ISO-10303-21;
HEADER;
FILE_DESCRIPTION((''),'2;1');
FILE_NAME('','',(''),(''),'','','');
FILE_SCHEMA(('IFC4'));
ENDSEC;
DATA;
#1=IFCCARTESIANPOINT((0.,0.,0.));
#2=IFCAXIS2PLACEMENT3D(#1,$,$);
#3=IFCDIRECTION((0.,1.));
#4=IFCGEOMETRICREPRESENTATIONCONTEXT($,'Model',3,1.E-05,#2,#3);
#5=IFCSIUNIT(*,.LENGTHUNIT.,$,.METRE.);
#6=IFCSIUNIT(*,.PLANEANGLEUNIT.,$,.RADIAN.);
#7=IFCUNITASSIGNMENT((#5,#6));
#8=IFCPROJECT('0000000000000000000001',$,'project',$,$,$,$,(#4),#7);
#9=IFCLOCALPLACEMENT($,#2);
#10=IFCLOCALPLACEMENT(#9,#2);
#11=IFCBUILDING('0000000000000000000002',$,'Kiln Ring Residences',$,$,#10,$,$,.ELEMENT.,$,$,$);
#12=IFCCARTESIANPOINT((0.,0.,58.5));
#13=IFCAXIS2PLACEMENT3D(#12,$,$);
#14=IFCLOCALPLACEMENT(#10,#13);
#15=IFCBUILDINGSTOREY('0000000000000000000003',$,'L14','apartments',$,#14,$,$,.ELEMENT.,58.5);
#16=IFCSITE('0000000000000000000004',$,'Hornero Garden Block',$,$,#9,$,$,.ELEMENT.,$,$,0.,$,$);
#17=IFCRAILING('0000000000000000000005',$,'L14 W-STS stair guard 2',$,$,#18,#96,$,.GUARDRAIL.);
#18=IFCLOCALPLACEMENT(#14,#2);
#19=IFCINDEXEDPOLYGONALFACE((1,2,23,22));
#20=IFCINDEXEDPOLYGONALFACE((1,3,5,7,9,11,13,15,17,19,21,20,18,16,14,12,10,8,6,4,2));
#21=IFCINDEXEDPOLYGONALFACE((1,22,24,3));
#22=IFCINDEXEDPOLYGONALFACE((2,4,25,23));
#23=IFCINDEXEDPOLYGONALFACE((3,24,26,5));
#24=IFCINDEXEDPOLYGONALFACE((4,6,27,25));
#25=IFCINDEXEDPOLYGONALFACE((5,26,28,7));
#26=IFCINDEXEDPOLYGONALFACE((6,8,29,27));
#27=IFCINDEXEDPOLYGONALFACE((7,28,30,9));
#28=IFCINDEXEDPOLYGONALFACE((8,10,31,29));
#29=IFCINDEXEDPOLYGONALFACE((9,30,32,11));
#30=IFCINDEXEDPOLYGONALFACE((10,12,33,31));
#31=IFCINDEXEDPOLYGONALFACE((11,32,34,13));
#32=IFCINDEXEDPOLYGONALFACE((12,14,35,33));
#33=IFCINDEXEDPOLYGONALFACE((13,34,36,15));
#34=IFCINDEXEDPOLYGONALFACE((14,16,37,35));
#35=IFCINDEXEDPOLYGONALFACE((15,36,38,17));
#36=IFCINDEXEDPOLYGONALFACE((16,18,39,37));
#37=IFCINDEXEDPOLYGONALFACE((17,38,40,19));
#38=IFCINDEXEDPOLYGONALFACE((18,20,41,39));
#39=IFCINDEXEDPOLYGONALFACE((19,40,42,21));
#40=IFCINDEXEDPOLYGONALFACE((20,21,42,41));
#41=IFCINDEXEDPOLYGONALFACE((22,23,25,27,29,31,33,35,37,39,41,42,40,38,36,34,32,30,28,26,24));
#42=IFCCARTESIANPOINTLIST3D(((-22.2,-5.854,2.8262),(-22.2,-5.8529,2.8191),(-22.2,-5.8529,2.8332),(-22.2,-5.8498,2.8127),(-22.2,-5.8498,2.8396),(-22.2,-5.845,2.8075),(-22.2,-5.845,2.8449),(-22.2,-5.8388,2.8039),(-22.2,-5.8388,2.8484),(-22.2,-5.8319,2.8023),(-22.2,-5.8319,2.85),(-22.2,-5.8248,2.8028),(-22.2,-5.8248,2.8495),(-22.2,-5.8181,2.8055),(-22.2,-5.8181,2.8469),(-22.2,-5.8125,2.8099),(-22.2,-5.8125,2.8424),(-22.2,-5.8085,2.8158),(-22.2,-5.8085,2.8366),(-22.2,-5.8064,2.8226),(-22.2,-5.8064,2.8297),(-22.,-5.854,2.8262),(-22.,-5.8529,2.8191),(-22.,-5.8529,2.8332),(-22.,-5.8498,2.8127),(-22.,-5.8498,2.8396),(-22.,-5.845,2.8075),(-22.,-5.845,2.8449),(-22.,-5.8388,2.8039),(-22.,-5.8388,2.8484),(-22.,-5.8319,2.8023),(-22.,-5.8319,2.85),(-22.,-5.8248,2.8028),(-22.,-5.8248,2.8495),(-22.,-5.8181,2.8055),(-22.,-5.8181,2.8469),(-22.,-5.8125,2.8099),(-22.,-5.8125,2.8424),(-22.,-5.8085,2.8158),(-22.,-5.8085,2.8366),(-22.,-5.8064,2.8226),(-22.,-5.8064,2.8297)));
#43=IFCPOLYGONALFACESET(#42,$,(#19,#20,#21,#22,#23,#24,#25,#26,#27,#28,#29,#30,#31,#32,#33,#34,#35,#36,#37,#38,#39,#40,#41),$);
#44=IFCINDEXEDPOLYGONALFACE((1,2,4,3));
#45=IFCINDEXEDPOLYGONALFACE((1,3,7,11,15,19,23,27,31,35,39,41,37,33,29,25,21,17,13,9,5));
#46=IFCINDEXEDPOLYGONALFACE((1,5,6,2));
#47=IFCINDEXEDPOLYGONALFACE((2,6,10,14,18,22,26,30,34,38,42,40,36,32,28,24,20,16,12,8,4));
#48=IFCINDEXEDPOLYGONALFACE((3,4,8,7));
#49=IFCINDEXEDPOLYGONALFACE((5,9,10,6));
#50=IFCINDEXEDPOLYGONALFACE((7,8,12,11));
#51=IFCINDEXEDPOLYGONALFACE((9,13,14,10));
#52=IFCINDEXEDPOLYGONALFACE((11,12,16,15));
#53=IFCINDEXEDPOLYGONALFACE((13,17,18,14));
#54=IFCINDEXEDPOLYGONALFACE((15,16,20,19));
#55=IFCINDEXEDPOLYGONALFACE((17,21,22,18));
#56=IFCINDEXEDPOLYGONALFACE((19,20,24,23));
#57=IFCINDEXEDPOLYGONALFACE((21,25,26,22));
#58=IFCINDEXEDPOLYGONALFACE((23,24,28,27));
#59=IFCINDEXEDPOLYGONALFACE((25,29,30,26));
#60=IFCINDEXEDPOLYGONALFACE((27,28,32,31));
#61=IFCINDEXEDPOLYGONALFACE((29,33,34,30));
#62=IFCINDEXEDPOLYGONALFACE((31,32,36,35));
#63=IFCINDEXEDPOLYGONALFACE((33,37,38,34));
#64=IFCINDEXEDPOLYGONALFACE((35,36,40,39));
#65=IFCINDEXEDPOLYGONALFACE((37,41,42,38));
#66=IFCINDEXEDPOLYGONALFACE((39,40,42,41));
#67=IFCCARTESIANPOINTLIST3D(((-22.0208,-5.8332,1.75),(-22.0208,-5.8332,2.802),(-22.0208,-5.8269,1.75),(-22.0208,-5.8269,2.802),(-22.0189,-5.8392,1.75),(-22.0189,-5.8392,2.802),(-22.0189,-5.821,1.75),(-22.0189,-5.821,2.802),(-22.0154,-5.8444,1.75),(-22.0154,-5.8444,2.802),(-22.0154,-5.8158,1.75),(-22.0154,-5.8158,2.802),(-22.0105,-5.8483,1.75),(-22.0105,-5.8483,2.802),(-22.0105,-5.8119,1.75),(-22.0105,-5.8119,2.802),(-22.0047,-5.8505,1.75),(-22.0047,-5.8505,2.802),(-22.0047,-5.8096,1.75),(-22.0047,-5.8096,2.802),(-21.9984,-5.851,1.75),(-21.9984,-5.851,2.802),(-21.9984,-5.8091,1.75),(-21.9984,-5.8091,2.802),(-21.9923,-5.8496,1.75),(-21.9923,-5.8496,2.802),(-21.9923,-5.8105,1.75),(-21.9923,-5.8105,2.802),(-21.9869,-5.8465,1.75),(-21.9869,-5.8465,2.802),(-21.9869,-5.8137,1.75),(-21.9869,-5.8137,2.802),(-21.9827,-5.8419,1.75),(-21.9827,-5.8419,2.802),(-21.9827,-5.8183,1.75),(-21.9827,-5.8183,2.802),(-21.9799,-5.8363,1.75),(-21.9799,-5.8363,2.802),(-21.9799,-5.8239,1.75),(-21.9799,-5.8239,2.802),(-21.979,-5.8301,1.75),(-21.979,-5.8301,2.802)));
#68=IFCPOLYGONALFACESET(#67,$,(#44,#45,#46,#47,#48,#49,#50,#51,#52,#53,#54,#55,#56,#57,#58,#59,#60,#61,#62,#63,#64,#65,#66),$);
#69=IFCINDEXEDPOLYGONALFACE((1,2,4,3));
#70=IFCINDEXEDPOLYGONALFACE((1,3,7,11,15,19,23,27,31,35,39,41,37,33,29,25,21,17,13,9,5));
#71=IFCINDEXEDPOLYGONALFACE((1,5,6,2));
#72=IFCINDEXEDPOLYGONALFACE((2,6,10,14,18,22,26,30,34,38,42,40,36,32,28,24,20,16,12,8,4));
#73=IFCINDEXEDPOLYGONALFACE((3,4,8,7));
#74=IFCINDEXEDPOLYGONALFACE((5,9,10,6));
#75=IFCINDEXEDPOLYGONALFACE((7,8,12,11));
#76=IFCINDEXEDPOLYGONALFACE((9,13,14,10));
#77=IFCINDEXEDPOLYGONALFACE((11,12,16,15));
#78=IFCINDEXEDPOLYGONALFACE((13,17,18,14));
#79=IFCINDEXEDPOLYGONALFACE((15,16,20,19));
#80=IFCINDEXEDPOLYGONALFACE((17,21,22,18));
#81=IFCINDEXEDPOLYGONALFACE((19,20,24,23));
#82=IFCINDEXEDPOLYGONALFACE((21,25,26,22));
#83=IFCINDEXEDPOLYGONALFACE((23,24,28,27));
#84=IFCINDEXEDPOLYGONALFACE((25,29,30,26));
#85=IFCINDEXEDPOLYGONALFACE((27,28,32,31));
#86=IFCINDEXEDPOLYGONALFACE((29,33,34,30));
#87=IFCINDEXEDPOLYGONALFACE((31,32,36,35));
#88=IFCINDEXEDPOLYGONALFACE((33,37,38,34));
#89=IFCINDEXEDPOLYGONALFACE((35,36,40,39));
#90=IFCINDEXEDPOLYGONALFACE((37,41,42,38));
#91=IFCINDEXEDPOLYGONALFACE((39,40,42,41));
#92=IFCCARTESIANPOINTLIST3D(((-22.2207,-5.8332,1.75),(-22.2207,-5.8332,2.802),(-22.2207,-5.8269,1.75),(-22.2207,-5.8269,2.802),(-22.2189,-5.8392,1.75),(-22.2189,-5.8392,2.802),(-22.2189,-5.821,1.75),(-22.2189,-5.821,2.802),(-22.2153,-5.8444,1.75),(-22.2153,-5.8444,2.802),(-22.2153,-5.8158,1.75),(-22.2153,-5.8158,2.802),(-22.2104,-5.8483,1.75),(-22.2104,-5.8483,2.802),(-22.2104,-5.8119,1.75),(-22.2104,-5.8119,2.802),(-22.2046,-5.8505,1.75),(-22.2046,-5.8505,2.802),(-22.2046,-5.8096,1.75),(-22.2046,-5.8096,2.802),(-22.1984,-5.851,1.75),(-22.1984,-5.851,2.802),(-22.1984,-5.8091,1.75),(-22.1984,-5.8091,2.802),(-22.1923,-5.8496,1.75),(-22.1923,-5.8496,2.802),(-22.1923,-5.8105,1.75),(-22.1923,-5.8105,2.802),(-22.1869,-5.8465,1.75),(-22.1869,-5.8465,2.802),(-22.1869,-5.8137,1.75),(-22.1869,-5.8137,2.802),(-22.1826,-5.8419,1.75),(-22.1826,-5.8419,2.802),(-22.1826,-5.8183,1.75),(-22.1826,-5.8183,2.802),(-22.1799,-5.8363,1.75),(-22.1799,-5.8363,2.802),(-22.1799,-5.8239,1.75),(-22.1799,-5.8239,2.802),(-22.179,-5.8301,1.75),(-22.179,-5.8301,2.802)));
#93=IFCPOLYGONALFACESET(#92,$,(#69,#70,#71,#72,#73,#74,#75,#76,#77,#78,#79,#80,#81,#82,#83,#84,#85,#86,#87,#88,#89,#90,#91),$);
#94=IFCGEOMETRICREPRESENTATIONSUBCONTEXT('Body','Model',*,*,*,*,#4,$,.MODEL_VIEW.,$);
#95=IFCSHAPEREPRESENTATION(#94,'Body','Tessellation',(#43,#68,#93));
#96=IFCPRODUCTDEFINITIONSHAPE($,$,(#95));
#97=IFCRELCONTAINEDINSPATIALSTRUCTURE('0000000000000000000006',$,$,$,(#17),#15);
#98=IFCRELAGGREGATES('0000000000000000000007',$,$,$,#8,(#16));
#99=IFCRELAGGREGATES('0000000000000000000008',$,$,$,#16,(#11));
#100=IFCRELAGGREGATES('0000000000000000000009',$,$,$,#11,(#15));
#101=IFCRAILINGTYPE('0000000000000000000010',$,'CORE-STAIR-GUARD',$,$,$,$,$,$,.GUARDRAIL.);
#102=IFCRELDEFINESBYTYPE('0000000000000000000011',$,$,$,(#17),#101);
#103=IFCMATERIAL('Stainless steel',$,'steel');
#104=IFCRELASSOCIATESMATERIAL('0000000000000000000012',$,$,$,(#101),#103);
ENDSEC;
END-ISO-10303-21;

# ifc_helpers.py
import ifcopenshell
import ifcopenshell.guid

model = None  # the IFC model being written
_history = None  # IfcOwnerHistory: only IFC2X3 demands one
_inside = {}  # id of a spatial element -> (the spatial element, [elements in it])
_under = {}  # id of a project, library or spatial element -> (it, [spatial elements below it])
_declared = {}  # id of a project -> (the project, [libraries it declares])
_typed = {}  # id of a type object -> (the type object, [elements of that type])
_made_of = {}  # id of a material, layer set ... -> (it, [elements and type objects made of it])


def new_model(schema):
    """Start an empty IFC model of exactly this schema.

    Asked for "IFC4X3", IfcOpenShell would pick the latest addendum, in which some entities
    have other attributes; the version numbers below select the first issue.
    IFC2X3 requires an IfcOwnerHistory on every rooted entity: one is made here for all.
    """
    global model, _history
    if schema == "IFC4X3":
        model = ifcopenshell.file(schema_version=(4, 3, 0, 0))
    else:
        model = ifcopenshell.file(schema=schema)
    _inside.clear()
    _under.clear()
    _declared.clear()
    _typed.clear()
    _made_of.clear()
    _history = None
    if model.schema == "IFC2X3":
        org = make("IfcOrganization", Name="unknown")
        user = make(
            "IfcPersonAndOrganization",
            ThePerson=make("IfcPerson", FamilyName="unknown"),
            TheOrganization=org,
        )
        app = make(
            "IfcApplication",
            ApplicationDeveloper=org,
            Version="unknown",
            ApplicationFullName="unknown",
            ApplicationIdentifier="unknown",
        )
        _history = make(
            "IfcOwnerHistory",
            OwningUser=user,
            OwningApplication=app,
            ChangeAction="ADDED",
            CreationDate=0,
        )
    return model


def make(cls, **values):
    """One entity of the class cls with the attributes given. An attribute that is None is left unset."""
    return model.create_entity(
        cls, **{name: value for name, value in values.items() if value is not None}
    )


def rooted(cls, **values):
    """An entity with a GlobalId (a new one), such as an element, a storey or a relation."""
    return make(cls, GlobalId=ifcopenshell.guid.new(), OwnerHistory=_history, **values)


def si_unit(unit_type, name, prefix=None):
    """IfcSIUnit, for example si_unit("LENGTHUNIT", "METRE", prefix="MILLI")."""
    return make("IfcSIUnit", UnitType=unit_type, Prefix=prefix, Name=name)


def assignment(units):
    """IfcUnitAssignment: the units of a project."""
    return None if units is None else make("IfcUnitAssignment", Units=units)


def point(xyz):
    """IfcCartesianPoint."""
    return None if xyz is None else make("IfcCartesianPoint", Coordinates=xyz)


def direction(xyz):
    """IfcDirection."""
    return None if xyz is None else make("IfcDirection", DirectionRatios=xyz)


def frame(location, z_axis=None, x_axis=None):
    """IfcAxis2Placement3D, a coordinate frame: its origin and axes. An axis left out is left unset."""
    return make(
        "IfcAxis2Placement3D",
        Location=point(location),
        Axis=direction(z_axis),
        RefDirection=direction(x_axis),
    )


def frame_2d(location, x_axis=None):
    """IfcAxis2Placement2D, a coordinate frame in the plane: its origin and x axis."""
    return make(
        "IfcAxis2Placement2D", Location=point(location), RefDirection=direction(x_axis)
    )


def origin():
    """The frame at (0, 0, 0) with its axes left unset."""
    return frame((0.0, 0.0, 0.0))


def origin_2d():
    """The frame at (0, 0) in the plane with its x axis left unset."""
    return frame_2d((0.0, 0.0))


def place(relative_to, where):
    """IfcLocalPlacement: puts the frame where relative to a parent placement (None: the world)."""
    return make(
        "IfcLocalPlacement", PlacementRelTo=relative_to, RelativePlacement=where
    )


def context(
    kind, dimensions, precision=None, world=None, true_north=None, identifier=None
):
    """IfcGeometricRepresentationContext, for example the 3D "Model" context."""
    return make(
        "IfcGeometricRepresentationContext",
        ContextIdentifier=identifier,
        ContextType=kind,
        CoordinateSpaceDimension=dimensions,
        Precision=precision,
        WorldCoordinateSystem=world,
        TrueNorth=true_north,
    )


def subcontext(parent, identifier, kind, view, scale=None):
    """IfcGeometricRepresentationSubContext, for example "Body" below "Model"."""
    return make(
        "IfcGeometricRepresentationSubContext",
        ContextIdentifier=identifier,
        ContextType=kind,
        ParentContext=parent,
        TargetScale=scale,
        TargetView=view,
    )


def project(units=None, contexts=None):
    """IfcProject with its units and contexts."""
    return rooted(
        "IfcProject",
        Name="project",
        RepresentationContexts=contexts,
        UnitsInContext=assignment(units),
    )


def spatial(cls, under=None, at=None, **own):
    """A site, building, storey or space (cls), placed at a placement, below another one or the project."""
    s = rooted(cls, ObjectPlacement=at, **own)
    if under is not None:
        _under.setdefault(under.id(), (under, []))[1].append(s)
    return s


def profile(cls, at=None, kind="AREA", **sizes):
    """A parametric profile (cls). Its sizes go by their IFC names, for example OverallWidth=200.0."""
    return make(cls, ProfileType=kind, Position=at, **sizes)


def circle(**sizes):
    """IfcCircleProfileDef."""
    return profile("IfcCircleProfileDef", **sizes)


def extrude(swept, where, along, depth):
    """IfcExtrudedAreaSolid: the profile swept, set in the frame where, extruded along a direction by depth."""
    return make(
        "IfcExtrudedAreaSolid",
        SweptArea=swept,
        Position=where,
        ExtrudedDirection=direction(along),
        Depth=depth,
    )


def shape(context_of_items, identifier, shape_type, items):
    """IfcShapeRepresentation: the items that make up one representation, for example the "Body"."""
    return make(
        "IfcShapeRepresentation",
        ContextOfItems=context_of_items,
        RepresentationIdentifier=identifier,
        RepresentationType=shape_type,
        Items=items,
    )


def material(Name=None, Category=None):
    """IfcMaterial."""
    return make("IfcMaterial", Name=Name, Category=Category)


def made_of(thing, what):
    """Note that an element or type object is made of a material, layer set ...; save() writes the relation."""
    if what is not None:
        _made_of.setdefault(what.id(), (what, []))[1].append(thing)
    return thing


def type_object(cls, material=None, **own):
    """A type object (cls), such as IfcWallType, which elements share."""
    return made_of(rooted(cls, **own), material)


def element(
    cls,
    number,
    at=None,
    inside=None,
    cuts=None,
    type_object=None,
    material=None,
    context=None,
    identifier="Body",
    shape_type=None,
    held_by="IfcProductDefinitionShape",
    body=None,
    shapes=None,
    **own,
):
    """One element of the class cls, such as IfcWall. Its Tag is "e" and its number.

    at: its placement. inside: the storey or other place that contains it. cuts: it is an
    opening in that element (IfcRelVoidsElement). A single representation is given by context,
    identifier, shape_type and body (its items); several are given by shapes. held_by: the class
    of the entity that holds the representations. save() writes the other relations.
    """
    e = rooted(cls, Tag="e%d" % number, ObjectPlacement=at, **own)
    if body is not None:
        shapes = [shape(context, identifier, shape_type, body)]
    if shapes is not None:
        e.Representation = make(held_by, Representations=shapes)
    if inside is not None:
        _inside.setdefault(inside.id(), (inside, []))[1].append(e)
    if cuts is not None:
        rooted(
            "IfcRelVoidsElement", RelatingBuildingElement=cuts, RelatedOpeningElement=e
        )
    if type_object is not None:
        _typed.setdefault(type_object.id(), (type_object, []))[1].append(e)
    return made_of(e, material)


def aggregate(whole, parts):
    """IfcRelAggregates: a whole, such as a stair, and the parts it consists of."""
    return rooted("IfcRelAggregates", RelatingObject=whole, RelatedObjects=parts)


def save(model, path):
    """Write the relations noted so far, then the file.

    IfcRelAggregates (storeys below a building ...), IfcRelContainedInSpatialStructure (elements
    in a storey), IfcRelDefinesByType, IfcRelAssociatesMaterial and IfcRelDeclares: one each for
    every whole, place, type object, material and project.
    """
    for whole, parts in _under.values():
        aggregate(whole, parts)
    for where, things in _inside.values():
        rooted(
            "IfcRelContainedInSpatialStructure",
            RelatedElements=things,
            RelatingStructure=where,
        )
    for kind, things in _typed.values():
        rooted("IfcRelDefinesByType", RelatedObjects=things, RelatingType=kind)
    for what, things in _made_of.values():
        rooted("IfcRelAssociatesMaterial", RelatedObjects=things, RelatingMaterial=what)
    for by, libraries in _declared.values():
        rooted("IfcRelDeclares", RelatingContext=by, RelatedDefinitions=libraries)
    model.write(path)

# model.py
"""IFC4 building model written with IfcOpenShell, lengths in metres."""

from ifc_helpers import new_model, si_unit, direction, frame, origin, origin_2d, place, context, subcontext, project, spatial, circle, extrude, material, type_object, element, save


model = new_model("IFC4")

# Units and contexts
model_context = context("Model", 3, precision=1e-05, world=origin(), true_north=direction((0.0, 1.0)))
body_context = subcontext(model_context, "Body", "Model", "MODEL_VIEW")
ifc_project = project(units=[si_unit("LENGTHUNIT", "METRE"), si_unit("PLANEANGLEUNIT", "RADIAN")], contexts=[model_context])

# Site, building, storey
site_placement = place(None, origin())
site = spatial("IfcSite", under=ifc_project, at=site_placement, Name="Hornero Garden Block", CompositionType="ELEMENT", RefElevation=0.0)
building_placement = place(site_placement, origin())
building = spatial("IfcBuilding", under=site, at=building_placement, Name="Kiln Ring Residences", CompositionType="ELEMENT")
storey_placement = place(building_placement, frame((0.0, 0.0, 58.5)))
storey = spatial("IfcBuildingStorey", under=building, at=storey_placement, Name="L14", Description="apartments", CompositionType="ELEMENT", Elevation=58.5)

# Railing
ifc_material_1 = material(Name="Stainless steel", Category="steel")
railing_type_1 = type_object("IfcRailingType", Name="CORE-STAIR-GUARD", PredefinedType="GUARDRAIL", material=ifc_material_1)
railing_1_placement = place(storey_placement, frame((-22.0, -5.8301, 1.75)))
element("IfcRailing", 1, at=railing_1_placement, inside=storey, type_object=railing_type_1, Name="L14 W-STS stair guard 2", PredefinedType="GUARDRAIL", context=body_context, shape_type="SweptSolid", body=[
    extrude(circle(Radius=0.0239, at=origin_2d()), frame((0.0, 0.0, 1.0762), z_axis=(-1.0, 0.0, 0.0), x_axis=(0.0, -1.0, 0.0)), (0.0, 0.0, 1.0), 0.2),
    extrude(circle(Radius=0.021, at=origin_2d()), origin(), (0.0, 0.0, 1.0), 1.052),
    extrude(circle(Radius=0.021, at=origin_2d()), frame((-0.2, 0.0, 0.0)), (0.0, 0.0, 1.0), 1.052),
])

save(model, "model.ifc")
